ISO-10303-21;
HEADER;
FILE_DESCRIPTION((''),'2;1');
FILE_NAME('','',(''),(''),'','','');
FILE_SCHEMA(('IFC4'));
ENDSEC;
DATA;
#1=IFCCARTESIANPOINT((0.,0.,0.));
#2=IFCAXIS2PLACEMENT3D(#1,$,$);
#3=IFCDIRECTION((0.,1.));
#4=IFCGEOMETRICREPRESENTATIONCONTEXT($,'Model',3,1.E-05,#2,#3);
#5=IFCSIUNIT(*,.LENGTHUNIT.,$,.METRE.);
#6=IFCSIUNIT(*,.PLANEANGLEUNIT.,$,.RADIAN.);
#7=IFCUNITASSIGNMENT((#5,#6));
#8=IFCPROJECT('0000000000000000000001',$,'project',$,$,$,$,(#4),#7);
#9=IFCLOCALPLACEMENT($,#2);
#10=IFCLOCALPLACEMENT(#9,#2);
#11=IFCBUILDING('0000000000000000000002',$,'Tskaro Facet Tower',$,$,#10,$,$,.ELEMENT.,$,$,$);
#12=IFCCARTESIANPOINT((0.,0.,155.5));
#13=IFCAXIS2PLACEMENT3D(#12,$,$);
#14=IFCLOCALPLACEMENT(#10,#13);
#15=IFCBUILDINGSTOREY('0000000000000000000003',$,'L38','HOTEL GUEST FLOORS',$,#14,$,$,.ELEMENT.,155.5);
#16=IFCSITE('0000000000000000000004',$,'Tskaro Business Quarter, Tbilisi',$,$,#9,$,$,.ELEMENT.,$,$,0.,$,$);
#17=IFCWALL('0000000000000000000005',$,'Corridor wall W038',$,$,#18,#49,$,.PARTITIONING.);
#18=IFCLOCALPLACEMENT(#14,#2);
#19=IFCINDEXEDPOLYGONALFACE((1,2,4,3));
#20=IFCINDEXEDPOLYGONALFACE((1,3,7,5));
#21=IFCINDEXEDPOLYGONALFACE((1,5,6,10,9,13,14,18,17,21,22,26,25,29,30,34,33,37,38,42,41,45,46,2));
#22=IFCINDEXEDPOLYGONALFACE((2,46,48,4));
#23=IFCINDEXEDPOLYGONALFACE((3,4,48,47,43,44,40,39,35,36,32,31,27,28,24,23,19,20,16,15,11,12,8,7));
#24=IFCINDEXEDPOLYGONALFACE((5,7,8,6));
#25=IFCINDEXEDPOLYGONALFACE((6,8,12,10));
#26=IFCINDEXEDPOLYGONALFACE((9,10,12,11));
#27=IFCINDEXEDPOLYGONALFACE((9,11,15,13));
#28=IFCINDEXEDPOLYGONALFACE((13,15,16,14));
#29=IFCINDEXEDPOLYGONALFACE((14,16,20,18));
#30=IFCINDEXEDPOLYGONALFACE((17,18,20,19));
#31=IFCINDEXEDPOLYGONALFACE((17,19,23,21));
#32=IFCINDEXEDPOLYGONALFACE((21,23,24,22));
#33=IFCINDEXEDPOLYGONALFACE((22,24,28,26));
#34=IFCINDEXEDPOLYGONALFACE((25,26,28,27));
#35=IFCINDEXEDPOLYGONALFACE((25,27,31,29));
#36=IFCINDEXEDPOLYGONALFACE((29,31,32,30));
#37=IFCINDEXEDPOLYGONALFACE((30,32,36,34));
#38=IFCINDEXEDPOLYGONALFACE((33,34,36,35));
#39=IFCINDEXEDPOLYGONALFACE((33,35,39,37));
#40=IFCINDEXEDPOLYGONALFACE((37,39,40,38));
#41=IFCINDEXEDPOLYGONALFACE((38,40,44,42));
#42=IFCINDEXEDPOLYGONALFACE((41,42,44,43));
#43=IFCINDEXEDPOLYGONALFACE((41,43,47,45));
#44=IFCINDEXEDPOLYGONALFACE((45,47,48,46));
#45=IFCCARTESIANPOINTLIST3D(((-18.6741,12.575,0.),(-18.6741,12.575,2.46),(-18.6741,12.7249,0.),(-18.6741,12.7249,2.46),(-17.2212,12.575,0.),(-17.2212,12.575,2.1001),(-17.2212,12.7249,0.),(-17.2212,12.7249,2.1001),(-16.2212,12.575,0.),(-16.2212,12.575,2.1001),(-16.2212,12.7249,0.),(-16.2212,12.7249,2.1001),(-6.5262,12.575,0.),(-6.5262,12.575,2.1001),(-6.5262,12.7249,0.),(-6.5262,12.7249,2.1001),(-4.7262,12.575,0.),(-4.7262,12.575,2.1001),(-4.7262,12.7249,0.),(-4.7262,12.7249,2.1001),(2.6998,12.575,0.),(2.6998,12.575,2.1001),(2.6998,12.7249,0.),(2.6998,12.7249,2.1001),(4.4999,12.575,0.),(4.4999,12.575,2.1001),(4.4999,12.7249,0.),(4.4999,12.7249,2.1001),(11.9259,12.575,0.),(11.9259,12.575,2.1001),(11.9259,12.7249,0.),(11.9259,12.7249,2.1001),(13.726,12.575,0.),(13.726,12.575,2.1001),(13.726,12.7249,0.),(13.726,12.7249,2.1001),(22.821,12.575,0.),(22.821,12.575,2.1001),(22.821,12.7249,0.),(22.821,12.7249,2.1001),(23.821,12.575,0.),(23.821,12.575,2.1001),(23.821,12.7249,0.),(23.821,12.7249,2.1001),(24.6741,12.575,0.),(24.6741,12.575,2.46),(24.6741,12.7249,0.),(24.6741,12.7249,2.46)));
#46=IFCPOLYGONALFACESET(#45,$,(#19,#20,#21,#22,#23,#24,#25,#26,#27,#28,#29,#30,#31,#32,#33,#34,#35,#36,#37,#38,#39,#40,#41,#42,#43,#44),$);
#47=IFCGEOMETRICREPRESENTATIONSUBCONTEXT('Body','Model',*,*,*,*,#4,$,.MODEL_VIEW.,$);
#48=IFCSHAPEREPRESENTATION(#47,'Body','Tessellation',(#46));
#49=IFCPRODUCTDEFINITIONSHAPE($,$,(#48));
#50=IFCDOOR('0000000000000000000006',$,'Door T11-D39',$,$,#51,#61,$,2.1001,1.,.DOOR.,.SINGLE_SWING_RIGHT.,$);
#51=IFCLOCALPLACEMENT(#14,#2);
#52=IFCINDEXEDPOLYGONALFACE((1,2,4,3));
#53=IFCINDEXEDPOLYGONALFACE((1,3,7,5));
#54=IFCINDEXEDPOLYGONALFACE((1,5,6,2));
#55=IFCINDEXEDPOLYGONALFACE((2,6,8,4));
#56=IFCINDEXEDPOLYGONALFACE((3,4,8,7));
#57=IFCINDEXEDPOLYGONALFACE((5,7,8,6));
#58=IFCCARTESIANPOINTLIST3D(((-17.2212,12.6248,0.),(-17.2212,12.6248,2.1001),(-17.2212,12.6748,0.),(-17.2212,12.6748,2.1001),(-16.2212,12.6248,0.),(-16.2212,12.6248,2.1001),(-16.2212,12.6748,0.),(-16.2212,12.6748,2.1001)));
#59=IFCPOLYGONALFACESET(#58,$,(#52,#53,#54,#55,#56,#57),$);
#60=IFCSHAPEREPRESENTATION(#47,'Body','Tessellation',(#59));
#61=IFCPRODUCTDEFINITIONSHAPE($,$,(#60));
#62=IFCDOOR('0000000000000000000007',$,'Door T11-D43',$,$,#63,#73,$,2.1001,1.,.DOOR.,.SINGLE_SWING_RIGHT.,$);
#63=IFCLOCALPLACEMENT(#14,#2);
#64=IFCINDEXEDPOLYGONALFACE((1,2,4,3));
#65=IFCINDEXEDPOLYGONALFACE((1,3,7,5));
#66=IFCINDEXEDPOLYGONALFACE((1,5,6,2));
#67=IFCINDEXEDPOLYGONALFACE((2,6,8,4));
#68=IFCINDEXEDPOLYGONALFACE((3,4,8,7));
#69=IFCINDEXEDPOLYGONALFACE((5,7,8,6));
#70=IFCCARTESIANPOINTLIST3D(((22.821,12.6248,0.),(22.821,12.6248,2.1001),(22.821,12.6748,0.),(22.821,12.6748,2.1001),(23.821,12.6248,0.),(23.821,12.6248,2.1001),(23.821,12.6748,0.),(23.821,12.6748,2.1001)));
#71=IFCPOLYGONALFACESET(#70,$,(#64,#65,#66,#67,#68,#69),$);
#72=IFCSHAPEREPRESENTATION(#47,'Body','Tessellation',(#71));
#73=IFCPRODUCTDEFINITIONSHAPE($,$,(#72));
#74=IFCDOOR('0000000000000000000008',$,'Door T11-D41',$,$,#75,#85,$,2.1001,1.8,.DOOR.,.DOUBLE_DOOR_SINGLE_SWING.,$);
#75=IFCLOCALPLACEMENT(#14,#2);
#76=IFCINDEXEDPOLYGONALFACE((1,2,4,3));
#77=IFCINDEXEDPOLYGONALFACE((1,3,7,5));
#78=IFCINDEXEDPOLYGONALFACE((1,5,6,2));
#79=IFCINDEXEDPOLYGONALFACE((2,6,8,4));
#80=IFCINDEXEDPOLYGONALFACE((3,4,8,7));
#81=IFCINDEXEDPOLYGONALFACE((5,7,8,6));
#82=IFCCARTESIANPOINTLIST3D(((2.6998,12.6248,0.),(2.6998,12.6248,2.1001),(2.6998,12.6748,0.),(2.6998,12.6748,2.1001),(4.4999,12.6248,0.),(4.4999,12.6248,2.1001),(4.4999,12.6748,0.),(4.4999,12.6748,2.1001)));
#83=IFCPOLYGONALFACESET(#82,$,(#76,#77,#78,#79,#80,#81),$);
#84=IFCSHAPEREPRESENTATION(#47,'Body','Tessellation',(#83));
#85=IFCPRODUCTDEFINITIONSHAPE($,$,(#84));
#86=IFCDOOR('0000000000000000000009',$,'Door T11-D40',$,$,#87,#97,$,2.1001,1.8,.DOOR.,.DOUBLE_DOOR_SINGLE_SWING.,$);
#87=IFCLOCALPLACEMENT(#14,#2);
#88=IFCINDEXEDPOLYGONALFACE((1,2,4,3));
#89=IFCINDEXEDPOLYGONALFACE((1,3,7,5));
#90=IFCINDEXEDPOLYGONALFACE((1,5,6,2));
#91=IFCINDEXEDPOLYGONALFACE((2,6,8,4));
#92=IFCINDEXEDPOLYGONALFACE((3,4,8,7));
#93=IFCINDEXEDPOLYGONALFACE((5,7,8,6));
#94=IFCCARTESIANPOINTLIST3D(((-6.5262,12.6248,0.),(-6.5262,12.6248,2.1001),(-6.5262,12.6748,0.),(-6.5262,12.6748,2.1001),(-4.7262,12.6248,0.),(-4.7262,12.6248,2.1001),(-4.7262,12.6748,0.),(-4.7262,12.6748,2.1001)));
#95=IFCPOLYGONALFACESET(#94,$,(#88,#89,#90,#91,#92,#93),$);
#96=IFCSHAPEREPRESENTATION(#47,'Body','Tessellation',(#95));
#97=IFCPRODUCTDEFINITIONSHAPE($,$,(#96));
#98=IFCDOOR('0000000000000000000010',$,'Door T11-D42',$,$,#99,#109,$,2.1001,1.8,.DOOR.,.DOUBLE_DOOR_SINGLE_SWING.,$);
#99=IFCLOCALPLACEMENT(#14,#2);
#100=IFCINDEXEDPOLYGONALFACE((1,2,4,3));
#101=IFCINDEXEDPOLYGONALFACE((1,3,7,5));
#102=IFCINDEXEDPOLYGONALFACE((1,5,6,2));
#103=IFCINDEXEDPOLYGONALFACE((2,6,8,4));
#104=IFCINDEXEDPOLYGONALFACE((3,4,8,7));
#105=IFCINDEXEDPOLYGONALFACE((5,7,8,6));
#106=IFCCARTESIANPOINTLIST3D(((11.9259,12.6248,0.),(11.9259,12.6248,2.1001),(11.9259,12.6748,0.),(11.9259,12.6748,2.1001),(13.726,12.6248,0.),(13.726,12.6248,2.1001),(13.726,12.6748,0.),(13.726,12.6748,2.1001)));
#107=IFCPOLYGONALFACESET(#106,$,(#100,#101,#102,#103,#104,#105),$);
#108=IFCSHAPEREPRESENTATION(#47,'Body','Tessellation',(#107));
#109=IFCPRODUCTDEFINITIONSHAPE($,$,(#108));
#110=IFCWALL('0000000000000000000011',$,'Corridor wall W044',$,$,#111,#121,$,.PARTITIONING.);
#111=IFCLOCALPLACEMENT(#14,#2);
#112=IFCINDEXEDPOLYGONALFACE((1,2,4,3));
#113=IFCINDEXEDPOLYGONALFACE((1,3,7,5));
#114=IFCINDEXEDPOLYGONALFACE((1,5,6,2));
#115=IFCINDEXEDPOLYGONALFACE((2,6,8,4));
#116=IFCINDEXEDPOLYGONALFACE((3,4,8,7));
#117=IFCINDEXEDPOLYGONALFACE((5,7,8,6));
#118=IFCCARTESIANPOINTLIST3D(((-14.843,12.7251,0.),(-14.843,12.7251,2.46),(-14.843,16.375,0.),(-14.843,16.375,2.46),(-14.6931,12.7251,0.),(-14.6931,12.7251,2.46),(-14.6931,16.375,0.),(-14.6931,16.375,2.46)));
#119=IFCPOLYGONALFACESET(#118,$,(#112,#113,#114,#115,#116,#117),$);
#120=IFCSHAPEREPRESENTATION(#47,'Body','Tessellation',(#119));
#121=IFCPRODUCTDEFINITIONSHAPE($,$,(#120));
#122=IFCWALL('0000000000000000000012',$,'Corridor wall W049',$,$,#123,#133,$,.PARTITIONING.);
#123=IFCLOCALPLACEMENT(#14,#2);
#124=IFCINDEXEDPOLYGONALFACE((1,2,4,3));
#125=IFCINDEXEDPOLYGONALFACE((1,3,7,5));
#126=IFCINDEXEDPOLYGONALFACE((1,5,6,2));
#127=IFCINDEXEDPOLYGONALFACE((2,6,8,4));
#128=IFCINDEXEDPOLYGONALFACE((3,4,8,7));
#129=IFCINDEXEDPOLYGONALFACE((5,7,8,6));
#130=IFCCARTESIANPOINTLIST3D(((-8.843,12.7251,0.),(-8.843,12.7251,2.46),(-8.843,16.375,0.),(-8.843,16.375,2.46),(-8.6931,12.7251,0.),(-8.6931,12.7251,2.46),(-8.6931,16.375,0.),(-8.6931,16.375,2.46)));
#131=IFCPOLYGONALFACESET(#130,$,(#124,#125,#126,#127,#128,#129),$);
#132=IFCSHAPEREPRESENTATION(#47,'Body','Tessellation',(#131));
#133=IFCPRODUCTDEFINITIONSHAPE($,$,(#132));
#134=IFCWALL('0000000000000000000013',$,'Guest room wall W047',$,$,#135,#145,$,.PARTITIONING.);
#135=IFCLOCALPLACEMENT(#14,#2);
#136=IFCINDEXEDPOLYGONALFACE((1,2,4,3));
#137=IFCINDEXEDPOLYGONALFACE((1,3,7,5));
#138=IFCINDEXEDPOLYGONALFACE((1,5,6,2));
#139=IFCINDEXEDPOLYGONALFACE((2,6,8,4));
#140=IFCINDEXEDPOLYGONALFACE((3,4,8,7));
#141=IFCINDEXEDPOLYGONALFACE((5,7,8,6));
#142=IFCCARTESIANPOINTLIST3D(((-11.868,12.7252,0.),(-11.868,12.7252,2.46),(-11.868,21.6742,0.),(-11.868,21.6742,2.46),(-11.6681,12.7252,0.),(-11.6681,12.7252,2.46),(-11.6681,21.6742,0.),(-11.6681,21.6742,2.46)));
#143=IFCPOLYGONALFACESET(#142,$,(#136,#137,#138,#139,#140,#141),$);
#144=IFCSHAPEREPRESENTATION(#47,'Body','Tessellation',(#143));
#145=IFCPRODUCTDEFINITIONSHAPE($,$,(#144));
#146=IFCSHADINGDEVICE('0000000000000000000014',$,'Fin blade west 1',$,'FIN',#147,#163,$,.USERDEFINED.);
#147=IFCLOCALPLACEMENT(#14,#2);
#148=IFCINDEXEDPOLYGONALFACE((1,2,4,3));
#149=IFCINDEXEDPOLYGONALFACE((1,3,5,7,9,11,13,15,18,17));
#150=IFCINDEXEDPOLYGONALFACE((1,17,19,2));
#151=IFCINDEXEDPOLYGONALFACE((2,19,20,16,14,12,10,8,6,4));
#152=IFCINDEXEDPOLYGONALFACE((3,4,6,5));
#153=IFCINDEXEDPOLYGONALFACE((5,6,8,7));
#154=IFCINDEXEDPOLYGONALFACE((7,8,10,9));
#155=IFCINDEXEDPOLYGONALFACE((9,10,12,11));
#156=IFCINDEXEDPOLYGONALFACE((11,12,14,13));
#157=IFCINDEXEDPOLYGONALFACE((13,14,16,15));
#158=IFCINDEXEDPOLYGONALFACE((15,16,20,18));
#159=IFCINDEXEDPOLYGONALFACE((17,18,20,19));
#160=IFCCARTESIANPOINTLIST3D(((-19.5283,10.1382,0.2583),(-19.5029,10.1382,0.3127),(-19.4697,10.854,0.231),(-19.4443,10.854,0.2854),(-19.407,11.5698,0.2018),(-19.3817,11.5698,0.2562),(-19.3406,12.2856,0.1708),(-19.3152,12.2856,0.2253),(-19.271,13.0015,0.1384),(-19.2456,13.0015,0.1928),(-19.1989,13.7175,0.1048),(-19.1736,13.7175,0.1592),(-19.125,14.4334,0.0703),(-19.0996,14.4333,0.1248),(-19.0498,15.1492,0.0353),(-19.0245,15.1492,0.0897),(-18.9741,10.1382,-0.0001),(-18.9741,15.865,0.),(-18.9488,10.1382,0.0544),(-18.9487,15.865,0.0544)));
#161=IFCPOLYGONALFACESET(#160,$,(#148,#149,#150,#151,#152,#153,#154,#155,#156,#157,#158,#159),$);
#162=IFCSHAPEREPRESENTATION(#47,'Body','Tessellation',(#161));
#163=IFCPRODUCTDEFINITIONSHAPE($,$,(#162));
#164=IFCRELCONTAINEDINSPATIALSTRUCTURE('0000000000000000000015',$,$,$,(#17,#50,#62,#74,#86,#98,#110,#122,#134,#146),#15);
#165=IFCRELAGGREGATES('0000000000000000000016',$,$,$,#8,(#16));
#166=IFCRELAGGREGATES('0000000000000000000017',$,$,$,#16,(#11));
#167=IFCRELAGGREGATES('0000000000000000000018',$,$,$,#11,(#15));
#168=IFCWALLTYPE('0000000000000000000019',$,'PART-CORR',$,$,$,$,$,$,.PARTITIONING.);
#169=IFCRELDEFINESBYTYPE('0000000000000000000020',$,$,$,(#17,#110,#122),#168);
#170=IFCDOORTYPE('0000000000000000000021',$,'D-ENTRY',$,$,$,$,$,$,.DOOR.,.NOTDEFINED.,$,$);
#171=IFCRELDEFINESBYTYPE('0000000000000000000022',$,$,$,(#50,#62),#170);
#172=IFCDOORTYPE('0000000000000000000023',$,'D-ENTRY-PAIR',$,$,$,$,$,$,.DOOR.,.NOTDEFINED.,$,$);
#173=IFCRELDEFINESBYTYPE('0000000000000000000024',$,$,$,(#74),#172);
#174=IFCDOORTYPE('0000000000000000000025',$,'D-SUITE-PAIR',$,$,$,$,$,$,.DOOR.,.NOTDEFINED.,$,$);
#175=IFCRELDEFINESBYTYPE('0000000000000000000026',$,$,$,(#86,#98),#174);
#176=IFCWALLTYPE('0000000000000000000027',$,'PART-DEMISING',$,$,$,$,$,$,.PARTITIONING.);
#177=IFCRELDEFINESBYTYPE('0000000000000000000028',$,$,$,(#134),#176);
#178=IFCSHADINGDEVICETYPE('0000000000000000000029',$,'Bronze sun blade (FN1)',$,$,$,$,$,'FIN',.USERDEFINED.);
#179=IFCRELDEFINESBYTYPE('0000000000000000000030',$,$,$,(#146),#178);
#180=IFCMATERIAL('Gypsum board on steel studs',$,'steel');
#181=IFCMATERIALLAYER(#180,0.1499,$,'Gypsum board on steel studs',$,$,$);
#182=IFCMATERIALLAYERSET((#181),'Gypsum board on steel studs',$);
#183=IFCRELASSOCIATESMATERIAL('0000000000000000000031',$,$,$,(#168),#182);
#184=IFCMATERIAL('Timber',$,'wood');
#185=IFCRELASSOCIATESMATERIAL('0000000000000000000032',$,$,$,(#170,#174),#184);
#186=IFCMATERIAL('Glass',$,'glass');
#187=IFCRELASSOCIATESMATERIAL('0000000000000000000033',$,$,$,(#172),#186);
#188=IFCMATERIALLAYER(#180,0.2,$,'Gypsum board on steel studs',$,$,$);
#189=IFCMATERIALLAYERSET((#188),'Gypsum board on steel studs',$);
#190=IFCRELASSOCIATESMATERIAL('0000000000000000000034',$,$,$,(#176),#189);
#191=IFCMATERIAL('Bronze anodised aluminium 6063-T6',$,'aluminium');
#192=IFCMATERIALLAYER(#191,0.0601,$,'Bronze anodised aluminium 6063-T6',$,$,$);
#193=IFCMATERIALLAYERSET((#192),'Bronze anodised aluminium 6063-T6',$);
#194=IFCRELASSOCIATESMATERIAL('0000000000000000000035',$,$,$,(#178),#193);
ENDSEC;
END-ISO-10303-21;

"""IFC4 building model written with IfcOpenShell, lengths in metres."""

from ifc_helpers import new_model, si_unit, direction, frame, frame_2d, origin, place, context, subcontext, project, spatial, polyline, rectangle, outline, extrude, material, layer, layer_set, type_object, element, fill, save


model = new_model("IFC4")

# Units and contexts
model_context = context("Model", 3, precision=1e-05, world=origin(), true_north=direction((0.0, 1.0)))
body_context = subcontext(model_context, "Body", "Model", "MODEL_VIEW")
ifc_project = project(units=[si_unit("LENGTHUNIT", "METRE"), si_unit("PLANEANGLEUNIT", "RADIAN")], contexts=[model_context])

# Site, building, storey
site_placement = place(None, origin())
site = spatial("IfcSite", under=ifc_project, at=site_placement, Name="Tskaro Business Quarter, Tbilisi", CompositionType="ELEMENT", RefElevation=0.0)
building_placement = place(site_placement, origin())
building = spatial("IfcBuilding", under=site, at=building_placement, Name="Tskaro Facet Tower", CompositionType="ELEMENT")
storey_placement = place(building_placement, frame((0.0, 0.0, 155.5)))
storey = spatial("IfcBuildingStorey", under=building, at=storey_placement, Name="L38", Description="HOTEL GUEST FLOORS", CompositionType="ELEMENT", Elevation=155.5)

# Shared definitions
ifc_material_1 = material(Name="Bronze anodised aluminium 6063-T6", Category="aluminium")

# Shared definitions
ifc_material_2 = material(Name="Gypsum board on steel studs", Category="steel")
ifc_layer_1 = layer(ifc_material_2, 0.1499, Name="Gypsum board on steel studs")
ifc_layer_set_1 = layer_set([ifc_layer_1], Name="Gypsum board on steel studs")
wall_type_1 = type_object("IfcWallType", Name="PART-CORR", PredefinedType="PARTITIONING", material=ifc_layer_set_1)
ifc_material_3 = material(Name="Timber", Category="wood")

# Wall, openings, doors
wall_1_placement = place(storey_placement, frame((-18.6741, 12.6499, 0.0), z_axis=(0.0, 0.0, 1.0), x_axis=(1.0, 0.0, 0.0)))
wall_1 = element("IfcWall", 1, at=wall_1_placement, inside=storey, type_object=wall_type_1, Name="Corridor wall W038", PredefinedType="PARTITIONING", context=body_context, shape_type="SweptSolid", body=[
    extrude(rectangle(XDim=43.3481, YDim=0.1499, at=frame_2d((21.6741, 0.0))), origin(), (0.0, 0.0, 1.0), 2.46),
])
opening_1_placement = place(wall_1_placement, frame((1.4529, 0.0, 0.0)))
opening_1 = element("IfcOpeningElement", 2, at=opening_1_placement, cuts=wall_1, PredefinedType="OPENING", context=body_context, shape_type="SweptSolid", body=[
    extrude(rectangle(XDim=1.0, YDim=2.1001, at=frame_2d((0.5, 1.05))), frame((0.0, 0.085, 0.0), z_axis=(0.0, -1.0, 0.0), x_axis=(1.0, 0.0, 0.0)), (0.0, 0.0, 1.0), 0.1699),
])
opening_2_placement = place(wall_1_placement, frame((12.1479, 0.0, 0.0)))
opening_2 = element("IfcOpeningElement", 3, at=opening_2_placement, cuts=wall_1, PredefinedType="OPENING", context=body_context, shape_type="SweptSolid", body=[
    extrude(rectangle(XDim=1.8, YDim=2.1001, at=frame_2d((0.8999, 1.05))), frame((0.0, 0.085, 0.0), z_axis=(0.0, -1.0, 0.0), x_axis=(1.0, 0.0, 0.0)), (0.0, 0.0, 1.0), 0.1699),
])
opening_3_placement = place(wall_1_placement, frame((21.374, 0.0, 0.0)))
opening_3 = element("IfcOpeningElement", 4, at=opening_3_placement, cuts=wall_1, PredefinedType="OPENING", context=body_context, shape_type="SweptSolid", body=[
    extrude(rectangle(XDim=1.8, YDim=2.1001, at=frame_2d((0.8999, 1.05))), frame((0.0, 0.085, 0.0), z_axis=(0.0, -1.0, 0.0), x_axis=(1.0, 0.0, 0.0)), (0.0, 0.0, 1.0), 0.1699),
])
opening_4_placement = place(wall_1_placement, frame((30.6001, 0.0, 0.0)))
opening_4 = element("IfcOpeningElement", 5, at=opening_4_placement, cuts=wall_1, PredefinedType="OPENING", context=body_context, shape_type="SweptSolid", body=[
    extrude(rectangle(XDim=1.8, YDim=2.1001, at=frame_2d((0.8999, 1.05))), frame((0.0, 0.085, 0.0), z_axis=(0.0, -1.0, 0.0), x_axis=(1.0, 0.0, 0.0)), (0.0, 0.0, 1.0), 0.1699),
])
opening_5_placement = place(wall_1_placement, frame((41.4951, 0.0, 0.0)))
opening_5 = element("IfcOpeningElement", 6, at=opening_5_placement, cuts=wall_1, PredefinedType="OPENING", context=body_context, shape_type="SweptSolid", body=[
    extrude(rectangle(XDim=1.0, YDim=2.1001, at=frame_2d((0.5, 1.05))), frame((0.0, 0.085, 0.0), z_axis=(0.0, -1.0, 0.0), x_axis=(1.0, 0.0, 0.0)), (0.0, 0.0, 1.0), 0.1699),
])
door_type_1 = type_object("IfcDoorType", Name="D-ENTRY", OperationType="NOTDEFINED", PredefinedType="DOOR", material=ifc_material_3)
door_1_placement = place(opening_1_placement, origin())
door_1 = element("IfcDoor", 7, at=door_1_placement, inside=storey, type_object=door_type_1, Name="Door T11-D39", OperationType="SINGLE_SWING_RIGHT", OverallHeight=2.1001, OverallWidth=1.0, PredefinedType="DOOR", context=body_context, shape_type="SweptSolid", body=[
    extrude(rectangle(XDim=1.0, YDim=2.1001, at=frame_2d((0.5, 1.05))), frame((0.0, 0.0249, 0.0), z_axis=(0.0, -1.0, 0.0), x_axis=(1.0, 0.0, 0.0)), (0.0, 0.0, 1.0), 0.05),
])
fill(opening_1, door_1)
door_2_placement = place(opening_5_placement, origin())
door_2 = element("IfcDoor", 8, at=door_2_placement, inside=storey, type_object=door_type_1, Name="Door T11-D43", OperationType="SINGLE_SWING_RIGHT", OverallHeight=2.1001, OverallWidth=1.0, PredefinedType="DOOR", context=body_context, shape_type="SweptSolid", body=[
    extrude(rectangle(XDim=1.0, YDim=2.1001, at=frame_2d((0.5, 1.05))), frame((0.0, 0.0249, 0.0), z_axis=(0.0, -1.0, 0.0), x_axis=(1.0, 0.0, 0.0)), (0.0, 0.0, 1.0), 0.05),
])
fill(opening_5, door_2)
ifc_material_4 = material(Name="Glass", Category="glass")
door_type_2 = type_object("IfcDoorType", Name="D-ENTRY-PAIR", OperationType="NOTDEFINED", PredefinedType="DOOR", material=ifc_material_4)
door_3_placement = place(opening_3_placement, origin())
door_3 = element("IfcDoor", 9, at=door_3_placement, inside=storey, type_object=door_type_2, Name="Door T11-D41", OperationType="DOUBLE_DOOR_SINGLE_SWING", OverallHeight=2.1001, OverallWidth=1.8, PredefinedType="DOOR", context=body_context, shape_type="SweptSolid", body=[
    extrude(rectangle(XDim=1.8, YDim=2.1001, at=frame_2d((0.8999, 1.05))), frame((0.0, 0.0249, 0.0), z_axis=(0.0, -1.0, 0.0), x_axis=(1.0, 0.0, 0.0)), (0.0, 0.0, 1.0), 0.05),
])
fill(opening_3, door_3)
door_type_3 = type_object("IfcDoorType", Name="D-SUITE-PAIR", OperationType="NOTDEFINED", PredefinedType="DOOR", material=ifc_material_3)
door_4_placement = place(opening_2_placement, origin())
door_4 = element("IfcDoor", 10, at=door_4_placement, inside=storey, type_object=door_type_3, Name="Door T11-D40", OperationType="DOUBLE_DOOR_SINGLE_SWING", OverallHeight=2.1001, OverallWidth=1.8, PredefinedType="DOOR", context=body_context, shape_type="SweptSolid", body=[
    extrude(rectangle(XDim=1.8, YDim=2.1001, at=frame_2d((0.8999, 1.05))), frame((0.0, 0.0249, 0.0), z_axis=(0.0, -1.0, 0.0), x_axis=(1.0, 0.0, 0.0)), (0.0, 0.0, 1.0), 0.05),
])
fill(opening_2, door_4)
door_5_placement = place(opening_4_placement, origin())
door_5 = element("IfcDoor", 11, at=door_5_placement, inside=storey, type_object=door_type_3, Name="Door T11-D42", OperationType="DOUBLE_DOOR_SINGLE_SWING", OverallHeight=2.1001, OverallWidth=1.8, PredefinedType="DOOR", context=body_context, shape_type="SweptSolid", body=[
    extrude(rectangle(XDim=1.8, YDim=2.1001, at=frame_2d((0.8999, 1.05))), frame((0.0, 0.0249, 0.0), z_axis=(0.0, -1.0, 0.0), x_axis=(1.0, 0.0, 0.0)), (0.0, 0.0, 1.0), 0.05),
])
fill(opening_4, door_5)

# Walls
for number, where, z_axis, x_axis, name in (
    (12, (-14.7681, 12.7251, 0.0), (0.0, 0.0, 1.0), (0.0, 1.0, 0.0), "Corridor wall W044"),
    (13, (-8.7681, 12.7251, 0.0), (0.0, 0.0, 1.0), (0.0, 1.0, 0.0), "Corridor wall W049"),
):
    element("IfcWall", number, at=place(storey_placement, frame(where, z_axis=z_axis, x_axis=x_axis)), inside=storey, type_object=wall_type_1, Name=name, PredefinedType="PARTITIONING", context=body_context, shape_type="SweptSolid", body=[
        extrude(rectangle(XDim=3.6499, YDim=0.1499, at=frame_2d((1.825, 0.0))), origin(), (0.0, 0.0, 1.0), 2.46),
    ])
ifc_layer_2 = layer(ifc_material_2, 0.2, Name="Gypsum board on steel studs")
ifc_layer_set_2 = layer_set([ifc_layer_2], Name="Gypsum board on steel studs")
wall_type_2 = type_object("IfcWallType", Name="PART-DEMISING", PredefinedType="PARTITIONING", material=ifc_layer_set_2)
wall_2_placement = place(storey_placement, frame((-11.7681, 12.7251, 0.0), z_axis=(0.0, 0.0, 1.0), x_axis=(0.0, 1.0, 0.0)))
element("IfcWall", 14, at=wall_2_placement, inside=storey, type_object=wall_type_2, Name="Guest room wall W047", PredefinedType="PARTITIONING", context=body_context, shape_type="SweptSolid", body=[
    extrude(rectangle(XDim=8.949, YDim=0.2, at=frame_2d((4.4746, 0.0))), origin(), (0.0, 0.0, 1.0), 2.46),
])

# Shading device
ifc_layer_3 = layer(ifc_material_1, 0.0601, Name="Bronze anodised aluminium 6063-T6")
ifc_layer_set_3 = layer_set([ifc_layer_3], Name="Bronze anodised aluminium 6063-T6")
shading_device_type = type_object("IfcShadingDeviceType", Name="Bronze sun blade (FN1)", ElementType="FIN", PredefinedType="USERDEFINED", material=ifc_layer_set_3)
shading_device_placement = place(storey_placement, frame((-18.9487, 15.865, 0.0544), z_axis=(0.422557, -0.000013, 0.906337), x_axis=(-0.000005, -1.0, -0.000012)))
element("IfcShadingDevice", 15, at=shading_device_placement, inside=storey, type_object=shading_device_type, Name="Fin blade west 1", ObjectType="FIN", PredefinedType="USERDEFINED", context=body_context, shape_type="SweptSolid", body=[
    extrude(outline(polyline([(0.0, 0.0), (5.7268, 0.0), (5.7268, -0.6114), (5.011, -0.5468), (4.2952, -0.4776), (3.5793, -0.4043), (2.8635, -0.3276), (2.1475, -0.248), (1.4316, -0.1665), (0.7158, -0.0836), (0.0, 0.0)])), origin(), (0.0, 0.0, -1.0), 0.0601),
])

save(model, "model.ifc")
